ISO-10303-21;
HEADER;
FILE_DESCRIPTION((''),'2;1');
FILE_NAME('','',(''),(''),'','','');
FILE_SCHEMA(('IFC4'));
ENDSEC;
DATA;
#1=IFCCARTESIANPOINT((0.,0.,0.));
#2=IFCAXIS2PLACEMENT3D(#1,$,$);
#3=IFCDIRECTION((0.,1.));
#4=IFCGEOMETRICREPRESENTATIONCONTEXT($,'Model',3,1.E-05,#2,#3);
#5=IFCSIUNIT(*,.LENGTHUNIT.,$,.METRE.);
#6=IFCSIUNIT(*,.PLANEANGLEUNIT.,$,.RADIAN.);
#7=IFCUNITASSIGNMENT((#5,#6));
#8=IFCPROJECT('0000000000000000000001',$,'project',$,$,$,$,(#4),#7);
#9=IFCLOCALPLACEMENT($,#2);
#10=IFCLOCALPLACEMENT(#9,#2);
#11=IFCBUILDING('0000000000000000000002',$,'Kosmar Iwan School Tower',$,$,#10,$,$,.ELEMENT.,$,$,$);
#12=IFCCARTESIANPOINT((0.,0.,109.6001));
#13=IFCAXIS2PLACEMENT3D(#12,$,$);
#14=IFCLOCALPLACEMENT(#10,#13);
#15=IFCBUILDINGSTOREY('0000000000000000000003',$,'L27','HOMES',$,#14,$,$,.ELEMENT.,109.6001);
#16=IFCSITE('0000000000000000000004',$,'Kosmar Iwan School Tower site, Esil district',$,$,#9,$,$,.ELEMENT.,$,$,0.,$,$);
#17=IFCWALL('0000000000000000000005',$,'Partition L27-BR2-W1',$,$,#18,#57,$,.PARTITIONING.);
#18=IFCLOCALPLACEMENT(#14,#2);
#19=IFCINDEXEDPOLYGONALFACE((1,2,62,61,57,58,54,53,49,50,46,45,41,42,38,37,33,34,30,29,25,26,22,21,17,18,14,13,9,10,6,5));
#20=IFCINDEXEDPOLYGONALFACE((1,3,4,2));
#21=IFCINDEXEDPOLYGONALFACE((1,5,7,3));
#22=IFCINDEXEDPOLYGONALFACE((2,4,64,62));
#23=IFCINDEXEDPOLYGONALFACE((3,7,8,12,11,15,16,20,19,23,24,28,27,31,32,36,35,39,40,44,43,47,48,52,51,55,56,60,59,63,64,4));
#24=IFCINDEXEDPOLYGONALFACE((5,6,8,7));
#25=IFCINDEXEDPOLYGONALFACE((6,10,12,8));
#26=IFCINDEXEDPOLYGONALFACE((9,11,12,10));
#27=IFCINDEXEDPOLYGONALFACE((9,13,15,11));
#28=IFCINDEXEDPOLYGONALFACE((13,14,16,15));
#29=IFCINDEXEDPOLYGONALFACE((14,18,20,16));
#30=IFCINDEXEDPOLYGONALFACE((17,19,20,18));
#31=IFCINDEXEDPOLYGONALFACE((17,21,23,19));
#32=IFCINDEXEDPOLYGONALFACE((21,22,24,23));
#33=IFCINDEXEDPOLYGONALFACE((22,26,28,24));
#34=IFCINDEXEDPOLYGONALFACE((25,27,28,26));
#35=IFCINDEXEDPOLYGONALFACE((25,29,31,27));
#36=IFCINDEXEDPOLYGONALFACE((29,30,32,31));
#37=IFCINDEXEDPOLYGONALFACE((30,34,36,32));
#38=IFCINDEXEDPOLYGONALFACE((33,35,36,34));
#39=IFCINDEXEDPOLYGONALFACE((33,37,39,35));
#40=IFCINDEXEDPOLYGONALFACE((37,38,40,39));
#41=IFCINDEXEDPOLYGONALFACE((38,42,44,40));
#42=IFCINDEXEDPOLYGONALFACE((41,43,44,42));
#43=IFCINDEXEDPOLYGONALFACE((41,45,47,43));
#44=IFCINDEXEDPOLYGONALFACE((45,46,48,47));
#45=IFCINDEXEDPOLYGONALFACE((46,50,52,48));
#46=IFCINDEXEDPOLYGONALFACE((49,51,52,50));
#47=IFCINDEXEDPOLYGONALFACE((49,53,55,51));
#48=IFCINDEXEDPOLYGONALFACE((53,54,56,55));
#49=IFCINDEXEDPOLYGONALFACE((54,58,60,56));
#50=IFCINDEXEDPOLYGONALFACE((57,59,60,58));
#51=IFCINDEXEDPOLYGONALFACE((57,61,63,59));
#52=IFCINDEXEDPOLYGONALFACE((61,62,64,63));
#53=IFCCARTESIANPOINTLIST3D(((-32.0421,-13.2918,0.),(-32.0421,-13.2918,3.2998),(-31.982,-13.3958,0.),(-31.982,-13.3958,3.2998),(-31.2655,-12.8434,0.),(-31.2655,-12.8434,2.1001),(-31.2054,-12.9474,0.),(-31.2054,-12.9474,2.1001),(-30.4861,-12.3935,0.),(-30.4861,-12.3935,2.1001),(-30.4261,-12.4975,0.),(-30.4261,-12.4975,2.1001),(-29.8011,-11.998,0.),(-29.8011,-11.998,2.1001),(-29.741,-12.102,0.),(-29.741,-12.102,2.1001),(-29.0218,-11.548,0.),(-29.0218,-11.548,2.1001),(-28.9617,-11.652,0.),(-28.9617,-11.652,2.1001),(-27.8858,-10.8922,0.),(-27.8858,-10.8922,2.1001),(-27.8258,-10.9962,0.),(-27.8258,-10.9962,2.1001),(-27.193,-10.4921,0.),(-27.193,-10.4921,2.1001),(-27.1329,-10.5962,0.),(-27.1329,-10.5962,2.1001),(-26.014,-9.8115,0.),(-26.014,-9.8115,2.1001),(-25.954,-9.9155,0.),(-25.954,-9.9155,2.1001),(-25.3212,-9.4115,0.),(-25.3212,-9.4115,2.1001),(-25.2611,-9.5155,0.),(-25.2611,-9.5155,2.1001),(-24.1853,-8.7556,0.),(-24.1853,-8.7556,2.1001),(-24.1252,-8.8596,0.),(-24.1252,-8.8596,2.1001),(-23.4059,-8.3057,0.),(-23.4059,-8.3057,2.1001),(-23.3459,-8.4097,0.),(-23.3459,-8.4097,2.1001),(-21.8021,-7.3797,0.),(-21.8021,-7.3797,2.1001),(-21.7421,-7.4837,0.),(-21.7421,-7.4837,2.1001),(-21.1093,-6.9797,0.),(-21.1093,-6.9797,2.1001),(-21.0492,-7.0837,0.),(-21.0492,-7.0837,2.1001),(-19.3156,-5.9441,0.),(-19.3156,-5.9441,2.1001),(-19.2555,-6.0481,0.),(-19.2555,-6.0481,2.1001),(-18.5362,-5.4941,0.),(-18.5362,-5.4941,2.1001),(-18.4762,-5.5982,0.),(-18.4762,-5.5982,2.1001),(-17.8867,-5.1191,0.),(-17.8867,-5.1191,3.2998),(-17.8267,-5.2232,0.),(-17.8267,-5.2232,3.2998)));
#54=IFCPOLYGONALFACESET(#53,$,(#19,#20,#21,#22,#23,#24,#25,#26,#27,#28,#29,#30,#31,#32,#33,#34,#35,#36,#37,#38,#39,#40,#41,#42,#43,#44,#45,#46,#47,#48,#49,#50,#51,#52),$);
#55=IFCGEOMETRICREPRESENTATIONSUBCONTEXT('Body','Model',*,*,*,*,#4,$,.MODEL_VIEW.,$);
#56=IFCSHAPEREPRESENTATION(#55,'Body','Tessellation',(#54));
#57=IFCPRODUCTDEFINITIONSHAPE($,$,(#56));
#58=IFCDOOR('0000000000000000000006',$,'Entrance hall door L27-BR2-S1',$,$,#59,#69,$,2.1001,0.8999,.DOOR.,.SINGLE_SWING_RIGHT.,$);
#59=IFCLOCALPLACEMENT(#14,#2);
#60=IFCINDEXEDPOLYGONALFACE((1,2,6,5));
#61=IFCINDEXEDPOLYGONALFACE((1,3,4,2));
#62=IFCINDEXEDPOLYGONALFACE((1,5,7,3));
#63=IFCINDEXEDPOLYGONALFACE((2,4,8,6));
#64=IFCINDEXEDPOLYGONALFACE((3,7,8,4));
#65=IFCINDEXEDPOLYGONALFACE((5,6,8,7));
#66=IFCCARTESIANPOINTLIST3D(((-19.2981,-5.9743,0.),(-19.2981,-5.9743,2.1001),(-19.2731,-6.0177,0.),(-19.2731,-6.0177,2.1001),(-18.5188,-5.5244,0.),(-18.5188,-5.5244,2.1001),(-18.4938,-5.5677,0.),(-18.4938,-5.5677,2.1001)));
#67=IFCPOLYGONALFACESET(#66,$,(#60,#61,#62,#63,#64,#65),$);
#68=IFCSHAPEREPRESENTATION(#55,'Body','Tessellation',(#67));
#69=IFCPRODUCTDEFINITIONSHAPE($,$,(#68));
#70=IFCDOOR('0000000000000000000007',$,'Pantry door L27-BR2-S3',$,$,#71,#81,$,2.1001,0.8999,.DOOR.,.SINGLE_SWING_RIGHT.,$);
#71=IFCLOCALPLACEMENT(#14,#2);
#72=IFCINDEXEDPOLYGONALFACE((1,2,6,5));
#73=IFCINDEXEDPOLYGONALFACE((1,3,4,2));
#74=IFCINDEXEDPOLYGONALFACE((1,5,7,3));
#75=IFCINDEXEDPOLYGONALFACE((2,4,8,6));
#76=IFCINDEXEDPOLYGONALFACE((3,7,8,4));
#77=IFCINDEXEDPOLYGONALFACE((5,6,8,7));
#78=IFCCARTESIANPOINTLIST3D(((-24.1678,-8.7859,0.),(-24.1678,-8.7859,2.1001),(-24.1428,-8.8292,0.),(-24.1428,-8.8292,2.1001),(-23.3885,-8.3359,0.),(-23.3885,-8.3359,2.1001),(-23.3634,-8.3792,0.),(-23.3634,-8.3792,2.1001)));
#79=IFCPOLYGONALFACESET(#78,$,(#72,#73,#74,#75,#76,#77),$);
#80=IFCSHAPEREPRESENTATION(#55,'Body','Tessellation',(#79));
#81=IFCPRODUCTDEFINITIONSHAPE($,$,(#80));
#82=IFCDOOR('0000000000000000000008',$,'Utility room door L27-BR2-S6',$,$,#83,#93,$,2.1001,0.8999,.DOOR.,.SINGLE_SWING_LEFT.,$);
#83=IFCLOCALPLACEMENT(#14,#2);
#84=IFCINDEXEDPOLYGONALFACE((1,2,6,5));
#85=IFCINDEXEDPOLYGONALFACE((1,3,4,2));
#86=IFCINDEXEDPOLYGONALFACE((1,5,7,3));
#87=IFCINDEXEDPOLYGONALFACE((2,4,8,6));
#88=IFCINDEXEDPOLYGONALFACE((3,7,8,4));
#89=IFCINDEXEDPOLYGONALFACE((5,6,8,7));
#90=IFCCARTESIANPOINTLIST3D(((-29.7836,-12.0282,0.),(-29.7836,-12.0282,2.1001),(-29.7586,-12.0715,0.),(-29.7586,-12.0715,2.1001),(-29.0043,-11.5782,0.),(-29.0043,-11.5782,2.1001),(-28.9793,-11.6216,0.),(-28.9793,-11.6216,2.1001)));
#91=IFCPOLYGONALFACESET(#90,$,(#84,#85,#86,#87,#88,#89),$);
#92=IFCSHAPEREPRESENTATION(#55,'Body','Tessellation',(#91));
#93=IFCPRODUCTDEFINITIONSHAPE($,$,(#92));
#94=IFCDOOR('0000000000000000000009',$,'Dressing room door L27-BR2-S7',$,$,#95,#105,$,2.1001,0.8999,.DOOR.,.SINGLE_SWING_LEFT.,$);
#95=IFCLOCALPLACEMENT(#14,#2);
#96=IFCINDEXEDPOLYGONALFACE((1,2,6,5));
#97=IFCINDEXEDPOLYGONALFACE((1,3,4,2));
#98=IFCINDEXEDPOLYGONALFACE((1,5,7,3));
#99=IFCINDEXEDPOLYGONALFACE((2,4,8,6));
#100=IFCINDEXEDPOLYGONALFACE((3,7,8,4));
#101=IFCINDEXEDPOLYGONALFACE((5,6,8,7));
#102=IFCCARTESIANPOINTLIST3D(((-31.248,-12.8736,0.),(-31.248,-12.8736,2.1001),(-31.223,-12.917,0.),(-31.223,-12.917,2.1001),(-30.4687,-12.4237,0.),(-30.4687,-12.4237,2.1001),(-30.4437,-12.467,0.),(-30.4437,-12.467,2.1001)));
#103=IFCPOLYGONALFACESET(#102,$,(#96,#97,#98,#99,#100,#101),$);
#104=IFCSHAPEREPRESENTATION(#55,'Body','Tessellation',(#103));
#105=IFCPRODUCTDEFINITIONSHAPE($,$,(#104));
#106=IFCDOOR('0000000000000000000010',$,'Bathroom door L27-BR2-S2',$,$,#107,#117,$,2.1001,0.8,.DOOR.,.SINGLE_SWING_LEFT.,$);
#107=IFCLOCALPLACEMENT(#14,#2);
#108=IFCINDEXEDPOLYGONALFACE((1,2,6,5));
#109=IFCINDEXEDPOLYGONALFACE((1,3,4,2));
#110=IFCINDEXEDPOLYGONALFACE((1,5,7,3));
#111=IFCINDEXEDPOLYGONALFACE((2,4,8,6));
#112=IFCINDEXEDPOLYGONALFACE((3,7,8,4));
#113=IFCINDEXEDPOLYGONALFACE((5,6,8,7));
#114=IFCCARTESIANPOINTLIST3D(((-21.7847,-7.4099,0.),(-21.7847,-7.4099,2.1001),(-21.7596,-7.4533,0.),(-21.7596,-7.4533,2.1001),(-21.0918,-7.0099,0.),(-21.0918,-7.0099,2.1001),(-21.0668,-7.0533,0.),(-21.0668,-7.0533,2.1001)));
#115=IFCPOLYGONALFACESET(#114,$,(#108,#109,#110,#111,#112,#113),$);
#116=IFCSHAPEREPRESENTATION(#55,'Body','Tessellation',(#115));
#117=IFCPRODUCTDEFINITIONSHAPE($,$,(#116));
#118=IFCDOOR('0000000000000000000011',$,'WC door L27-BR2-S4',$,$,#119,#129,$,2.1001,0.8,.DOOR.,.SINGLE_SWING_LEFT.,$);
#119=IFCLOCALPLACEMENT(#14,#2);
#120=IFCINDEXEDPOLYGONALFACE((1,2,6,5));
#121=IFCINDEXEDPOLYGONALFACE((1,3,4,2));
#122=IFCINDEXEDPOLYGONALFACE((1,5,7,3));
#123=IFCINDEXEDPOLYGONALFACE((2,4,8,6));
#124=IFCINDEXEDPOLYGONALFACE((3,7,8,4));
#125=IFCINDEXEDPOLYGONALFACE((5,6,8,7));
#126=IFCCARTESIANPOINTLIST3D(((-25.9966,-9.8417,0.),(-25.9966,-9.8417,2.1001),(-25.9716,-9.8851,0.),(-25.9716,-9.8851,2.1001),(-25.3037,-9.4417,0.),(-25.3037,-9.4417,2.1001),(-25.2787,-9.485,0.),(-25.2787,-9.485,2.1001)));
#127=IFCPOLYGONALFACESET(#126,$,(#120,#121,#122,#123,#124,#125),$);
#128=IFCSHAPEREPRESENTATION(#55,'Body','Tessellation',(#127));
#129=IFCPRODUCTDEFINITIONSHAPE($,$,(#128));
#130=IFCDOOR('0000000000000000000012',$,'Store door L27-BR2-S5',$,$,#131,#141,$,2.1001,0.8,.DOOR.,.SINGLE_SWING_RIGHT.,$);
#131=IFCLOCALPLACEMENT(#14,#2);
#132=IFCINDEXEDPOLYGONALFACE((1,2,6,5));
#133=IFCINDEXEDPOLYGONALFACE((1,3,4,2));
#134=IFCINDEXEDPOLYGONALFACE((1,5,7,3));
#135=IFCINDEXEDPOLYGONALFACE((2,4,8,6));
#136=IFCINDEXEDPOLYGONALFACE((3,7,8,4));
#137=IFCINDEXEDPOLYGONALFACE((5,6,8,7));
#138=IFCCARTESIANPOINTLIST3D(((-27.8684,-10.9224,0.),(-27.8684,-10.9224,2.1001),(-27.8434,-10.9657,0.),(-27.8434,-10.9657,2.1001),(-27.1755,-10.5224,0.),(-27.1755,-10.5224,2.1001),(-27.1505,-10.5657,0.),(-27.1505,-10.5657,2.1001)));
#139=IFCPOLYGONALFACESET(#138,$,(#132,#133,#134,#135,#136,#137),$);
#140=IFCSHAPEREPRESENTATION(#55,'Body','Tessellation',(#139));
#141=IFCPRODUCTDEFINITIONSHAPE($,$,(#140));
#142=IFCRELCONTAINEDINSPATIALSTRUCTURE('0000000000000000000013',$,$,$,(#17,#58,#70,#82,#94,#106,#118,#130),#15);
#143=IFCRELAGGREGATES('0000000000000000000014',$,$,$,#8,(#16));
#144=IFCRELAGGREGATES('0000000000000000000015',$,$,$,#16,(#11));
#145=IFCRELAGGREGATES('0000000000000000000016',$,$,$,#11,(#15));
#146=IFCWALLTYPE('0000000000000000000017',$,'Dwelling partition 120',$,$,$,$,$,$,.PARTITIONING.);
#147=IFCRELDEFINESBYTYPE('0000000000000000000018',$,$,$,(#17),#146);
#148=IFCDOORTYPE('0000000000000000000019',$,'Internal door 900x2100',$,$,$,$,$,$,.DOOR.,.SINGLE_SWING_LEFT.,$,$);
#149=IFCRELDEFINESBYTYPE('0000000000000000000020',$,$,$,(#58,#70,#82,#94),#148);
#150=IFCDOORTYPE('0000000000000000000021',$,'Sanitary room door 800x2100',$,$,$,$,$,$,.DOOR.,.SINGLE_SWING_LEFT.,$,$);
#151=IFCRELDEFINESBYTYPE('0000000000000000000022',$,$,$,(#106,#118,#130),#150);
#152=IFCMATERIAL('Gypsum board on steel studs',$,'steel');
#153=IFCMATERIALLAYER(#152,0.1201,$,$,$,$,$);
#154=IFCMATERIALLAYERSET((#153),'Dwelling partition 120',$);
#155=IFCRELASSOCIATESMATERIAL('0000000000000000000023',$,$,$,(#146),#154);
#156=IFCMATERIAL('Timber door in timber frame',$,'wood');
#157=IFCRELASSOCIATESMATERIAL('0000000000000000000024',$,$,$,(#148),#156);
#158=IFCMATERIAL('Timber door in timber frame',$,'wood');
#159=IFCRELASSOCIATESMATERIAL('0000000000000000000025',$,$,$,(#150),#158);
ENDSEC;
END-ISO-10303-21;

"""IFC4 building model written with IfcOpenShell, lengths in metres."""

from ifc_helpers import new_model, si_unit, direction, frame, frame_2d, origin, place, context, subcontext, project, spatial, rectangle, extrude, material, layer, layer_set, type_object, element, fill, save


model = new_model("IFC4")

# Units and contexts
model_context = context("Model", 3, precision=1e-05, world=origin(), true_north=direction((0.0, 1.0)))
body_context = subcontext(model_context, "Body", "Model", "MODEL_VIEW")
ifc_project = project(units=[si_unit("LENGTHUNIT", "METRE"), si_unit("PLANEANGLEUNIT", "RADIAN")], contexts=[model_context])

# Site, building, storey
site_placement = place(None, origin())
site = spatial("IfcSite", under=ifc_project, at=site_placement, Name="Kosmar Iwan School Tower site, Esil district", CompositionType="ELEMENT", RefElevation=0.0)
building_placement = place(site_placement, origin())
building = spatial("IfcBuilding", under=site, at=building_placement, Name="Kosmar Iwan School Tower", CompositionType="ELEMENT")
storey_placement = place(building_placement, frame((0.0, 0.0, 109.6001)))
storey = spatial("IfcBuildingStorey", under=building, at=storey_placement, Name="L27", Description="HOMES", CompositionType="ELEMENT", Elevation=109.6001)

# Shared definitions
ifc_material_1 = material(Name="Gypsum board on steel studs", Category="steel")
ifc_layer = layer(ifc_material_1, 0.1201)
ifc_layer_set = layer_set([ifc_layer], Name="Dwelling partition 120")
wall_type = type_object("IfcWallType", Name="Dwelling partition 120", PredefinedType="PARTITIONING", material=ifc_layer_set)

# Wall, openings, doors
wall_1_placement = place(storey_placement, frame((-17.8567, -5.1711, 0.0), z_axis=(0.0, 0.0, 1.0), x_axis=(-0.866024, -0.500003, 0.0)))
wall_1 = element("IfcWall", 1, at=wall_1_placement, inside=storey, type_object=wall_type, Name="Partition L27-BR2-W1", PredefinedType="PARTITIONING", context=body_context, shape_type="SweptSolid", body=[
    extrude(rectangle(XDim=16.3452, YDim=0.1201, at=frame_2d((8.1726, 0.0))), origin(), (0.0, 0.0, 1.0), 3.2998),
])
opening_1_placement = place(wall_1_placement, frame((0.75, 0.0, 0.0)))
opening_1 = element("IfcOpeningElement", 2, at=opening_1_placement, cuts=wall_1, PredefinedType="OPENING", context=body_context, shape_type="SweptSolid", body=[
    extrude(rectangle(XDim=0.8999, YDim=2.1001, at=frame_2d((0.45, 1.05))), frame((0.0, 0.072, 0.0), z_axis=(0.0, -1.0, 0.0), x_axis=(1.0, 0.0, 0.0)), (0.0, 0.0, 1.0), 0.144),
])
opening_2_placement = place(wall_1_placement, frame((3.7212, 0.0, 0.0)))
opening_2 = element("IfcOpeningElement", 3, at=opening_2_placement, cuts=wall_1, PredefinedType="OPENING", context=body_context, shape_type="SweptSolid", body=[
    extrude(rectangle(XDim=0.8, YDim=2.1001, at=frame_2d((0.3999, 1.05))), frame((0.0, 0.072, 0.0), z_axis=(0.0, -1.0, 0.0), x_axis=(1.0, 0.0, 0.0)), (0.0, 0.0, 1.0), 0.144),
])
opening_3_placement = place(wall_1_placement, frame((6.373, 0.0, 0.0)))
opening_3 = element("IfcOpeningElement", 4, at=opening_3_placement, cuts=wall_1, PredefinedType="OPENING", context=body_context, shape_type="SweptSolid", body=[
    extrude(rectangle(XDim=0.8999, YDim=2.1001, at=frame_2d((0.45, 1.05))), frame((0.0, 0.072, 0.0), z_axis=(0.0, -1.0, 0.0), x_axis=(1.0, 0.0, 0.0)), (0.0, 0.0, 1.0), 0.144),
])
opening_4_placement = place(wall_1_placement, frame((8.5847, 0.0, 0.0)))
opening_4 = element("IfcOpeningElement", 5, at=opening_4_placement, cuts=wall_1, PredefinedType="OPENING", context=body_context, shape_type="SweptSolid", body=[
    extrude(rectangle(XDim=0.8, YDim=2.1001, at=frame_2d((0.3999, 1.05))), frame((0.0, 0.072, 0.0), z_axis=(0.0, -1.0, 0.0), x_axis=(1.0, 0.0, 0.0)), (0.0, 0.0, 1.0), 0.144),
])
opening_5_placement = place(wall_1_placement, frame((10.7461, 0.0, 0.0)))
opening_5 = element("IfcOpeningElement", 6, at=opening_5_placement, cuts=wall_1, PredefinedType="OPENING", context=body_context, shape_type="SweptSolid", body=[
    extrude(rectangle(XDim=0.8, YDim=2.1001, at=frame_2d((0.3999, 1.05))), frame((0.0, 0.072, 0.0), z_axis=(0.0, -1.0, 0.0), x_axis=(1.0, 0.0, 0.0)), (0.0, 0.0, 1.0), 0.144),
])
opening_6_placement = place(wall_1_placement, frame((12.8577, 0.0, 0.0)))
opening_6 = element("IfcOpeningElement", 7, at=opening_6_placement, cuts=wall_1, PredefinedType="OPENING", context=body_context, shape_type="SweptSolid", body=[
    extrude(rectangle(XDim=0.8999, YDim=2.1001, at=frame_2d((0.45, 1.05))), frame((0.0, 0.072, 0.0), z_axis=(0.0, -1.0, 0.0), x_axis=(1.0, 0.0, 0.0)), (0.0, 0.0, 1.0), 0.144),
])
opening_7_placement = place(wall_1_placement, frame((14.5486, 0.0, 0.0)))
opening_7 = element("IfcOpeningElement", 8, at=opening_7_placement, cuts=wall_1, PredefinedType="OPENING", context=body_context, shape_type="SweptSolid", body=[
    extrude(rectangle(XDim=0.8999, YDim=2.1001, at=frame_2d((0.45, 1.05))), frame((0.0, 0.072, 0.0), z_axis=(0.0, -1.0, 0.0), x_axis=(1.0, 0.0, 0.0)), (0.0, 0.0, 1.0), 0.144),
])
ifc_material_2 = material(Name="Timber door in timber frame", Category="wood")
door_type_1 = type_object("IfcDoorType", Name="Internal door 900x2100", OperationType="SINGLE_SWING_LEFT", PredefinedType="DOOR", material=ifc_material_2)
door_1_placement = place(opening_1_placement, origin())
door_1 = element("IfcDoor", 9, at=door_1_placement, inside=storey, type_object=door_type_1, Name="Entrance hall door L27-BR2-S1", OperationType="SINGLE_SWING_RIGHT", OverallHeight=2.1001, OverallWidth=0.8999, PredefinedType="DOOR", context=body_context, shape_type="SweptSolid", body=[
    extrude(rectangle(XDim=0.8999, YDim=2.1001, at=frame_2d((0.45, 1.05))), frame((0.0, 0.0249, 0.0), z_axis=(0.0, -1.0, 0.0), x_axis=(1.0, 0.0, 0.0)), (0.0, 0.0, 1.0), 0.05),
])
fill(opening_1, door_1)
door_2_placement = place(opening_3_placement, origin())
door_2 = element("IfcDoor", 10, at=door_2_placement, inside=storey, type_object=door_type_1, Name="Pantry door L27-BR2-S3", OperationType="SINGLE_SWING_RIGHT", OverallHeight=2.1001, OverallWidth=0.8999, PredefinedType="DOOR", context=body_context, shape_type="SweptSolid", body=[
    extrude(rectangle(XDim=0.8999, YDim=2.1001, at=frame_2d((0.45, 1.05))), frame((0.0, 0.0249, 0.0), z_axis=(0.0, -1.0, 0.0), x_axis=(1.0, 0.0, 0.0)), (0.0, 0.0, 1.0), 0.05),
])
fill(opening_3, door_2)
door_3_placement = place(opening_6_placement, origin())
door_3 = element("IfcDoor", 11, at=door_3_placement, inside=storey, type_object=door_type_1, Name="Utility room door L27-BR2-S6", OperationType="SINGLE_SWING_LEFT", OverallHeight=2.1001, OverallWidth=0.8999, PredefinedType="DOOR", context=body_context, shape_type="SweptSolid", body=[
    extrude(rectangle(XDim=0.8999, YDim=2.1001, at=frame_2d((0.45, 1.05))), frame((0.0, 0.0249, 0.0), z_axis=(0.0, -1.0, 0.0), x_axis=(1.0, 0.0, 0.0)), (0.0, 0.0, 1.0), 0.05),
])
fill(opening_6, door_3)
door_4_placement = place(opening_7_placement, origin())
door_4 = element("IfcDoor", 12, at=door_4_placement, inside=storey, type_object=door_type_1, Name="Dressing room door L27-BR2-S7", OperationType="SINGLE_SWING_LEFT", OverallHeight=2.1001, OverallWidth=0.8999, PredefinedType="DOOR", context=body_context, shape_type="SweptSolid", body=[
    extrude(rectangle(XDim=0.8999, YDim=2.1001, at=frame_2d((0.45, 1.05))), frame((0.0, 0.0249, 0.0), z_axis=(0.0, -1.0, 0.0), x_axis=(1.0, 0.0, 0.0)), (0.0, 0.0, 1.0), 0.05),
])
fill(opening_7, door_4)
ifc_material_3 = material(Name="Timber door in timber frame", Category="wood")
door_type_2 = type_object("IfcDoorType", Name="Sanitary room door 800x2100", OperationType="SINGLE_SWING_LEFT", PredefinedType="DOOR", material=ifc_material_3)
door_5_placement = place(opening_2_placement, origin())
door_5 = element("IfcDoor", 13, at=door_5_placement, inside=storey, type_object=door_type_2, Name="Bathroom door L27-BR2-S2", OperationType="SINGLE_SWING_LEFT", OverallHeight=2.1001, OverallWidth=0.8, PredefinedType="DOOR", context=body_context, shape_type="SweptSolid", body=[
    extrude(rectangle(XDim=0.8, YDim=2.1001, at=frame_2d((0.3999, 1.05))), frame((0.0, 0.0249, 0.0), z_axis=(0.0, -1.0, 0.0), x_axis=(1.0, 0.0, 0.0)), (0.0, 0.0, 1.0), 0.05),
])
fill(opening_2, door_5)
door_6_placement = place(opening_4_placement, origin())
door_6 = element("IfcDoor", 14, at=door_6_placement, inside=storey, type_object=door_type_2, Name="WC door L27-BR2-S4", OperationType="SINGLE_SWING_LEFT", OverallHeight=2.1001, OverallWidth=0.8, PredefinedType="DOOR", context=body_context, shape_type="SweptSolid", body=[
    extrude(rectangle(XDim=0.8, YDim=2.1001, at=frame_2d((0.3999, 1.05))), frame((0.0, 0.0249, 0.0), z_axis=(0.0, -1.0, 0.0), x_axis=(1.0, 0.0, 0.0)), (0.0, 0.0, 1.0), 0.05),
])
fill(opening_4, door_6)
door_7_placement = place(opening_5_placement, origin())
door_7 = element("IfcDoor", 15, at=door_7_placement, inside=storey, type_object=door_type_2, Name="Store door L27-BR2-S5", OperationType="SINGLE_SWING_RIGHT", OverallHeight=2.1001, OverallWidth=0.8, PredefinedType="DOOR", context=body_context, shape_type="SweptSolid", body=[
    extrude(rectangle(XDim=0.8, YDim=2.1001, at=frame_2d((0.3999, 1.05))), frame((0.0, 0.0249, 0.0), z_axis=(0.0, -1.0, 0.0), x_axis=(1.0, 0.0, 0.0)), (0.0, 0.0, 1.0), 0.05),
])
fill(opening_5, door_7)

save(model, "model.ifc")
